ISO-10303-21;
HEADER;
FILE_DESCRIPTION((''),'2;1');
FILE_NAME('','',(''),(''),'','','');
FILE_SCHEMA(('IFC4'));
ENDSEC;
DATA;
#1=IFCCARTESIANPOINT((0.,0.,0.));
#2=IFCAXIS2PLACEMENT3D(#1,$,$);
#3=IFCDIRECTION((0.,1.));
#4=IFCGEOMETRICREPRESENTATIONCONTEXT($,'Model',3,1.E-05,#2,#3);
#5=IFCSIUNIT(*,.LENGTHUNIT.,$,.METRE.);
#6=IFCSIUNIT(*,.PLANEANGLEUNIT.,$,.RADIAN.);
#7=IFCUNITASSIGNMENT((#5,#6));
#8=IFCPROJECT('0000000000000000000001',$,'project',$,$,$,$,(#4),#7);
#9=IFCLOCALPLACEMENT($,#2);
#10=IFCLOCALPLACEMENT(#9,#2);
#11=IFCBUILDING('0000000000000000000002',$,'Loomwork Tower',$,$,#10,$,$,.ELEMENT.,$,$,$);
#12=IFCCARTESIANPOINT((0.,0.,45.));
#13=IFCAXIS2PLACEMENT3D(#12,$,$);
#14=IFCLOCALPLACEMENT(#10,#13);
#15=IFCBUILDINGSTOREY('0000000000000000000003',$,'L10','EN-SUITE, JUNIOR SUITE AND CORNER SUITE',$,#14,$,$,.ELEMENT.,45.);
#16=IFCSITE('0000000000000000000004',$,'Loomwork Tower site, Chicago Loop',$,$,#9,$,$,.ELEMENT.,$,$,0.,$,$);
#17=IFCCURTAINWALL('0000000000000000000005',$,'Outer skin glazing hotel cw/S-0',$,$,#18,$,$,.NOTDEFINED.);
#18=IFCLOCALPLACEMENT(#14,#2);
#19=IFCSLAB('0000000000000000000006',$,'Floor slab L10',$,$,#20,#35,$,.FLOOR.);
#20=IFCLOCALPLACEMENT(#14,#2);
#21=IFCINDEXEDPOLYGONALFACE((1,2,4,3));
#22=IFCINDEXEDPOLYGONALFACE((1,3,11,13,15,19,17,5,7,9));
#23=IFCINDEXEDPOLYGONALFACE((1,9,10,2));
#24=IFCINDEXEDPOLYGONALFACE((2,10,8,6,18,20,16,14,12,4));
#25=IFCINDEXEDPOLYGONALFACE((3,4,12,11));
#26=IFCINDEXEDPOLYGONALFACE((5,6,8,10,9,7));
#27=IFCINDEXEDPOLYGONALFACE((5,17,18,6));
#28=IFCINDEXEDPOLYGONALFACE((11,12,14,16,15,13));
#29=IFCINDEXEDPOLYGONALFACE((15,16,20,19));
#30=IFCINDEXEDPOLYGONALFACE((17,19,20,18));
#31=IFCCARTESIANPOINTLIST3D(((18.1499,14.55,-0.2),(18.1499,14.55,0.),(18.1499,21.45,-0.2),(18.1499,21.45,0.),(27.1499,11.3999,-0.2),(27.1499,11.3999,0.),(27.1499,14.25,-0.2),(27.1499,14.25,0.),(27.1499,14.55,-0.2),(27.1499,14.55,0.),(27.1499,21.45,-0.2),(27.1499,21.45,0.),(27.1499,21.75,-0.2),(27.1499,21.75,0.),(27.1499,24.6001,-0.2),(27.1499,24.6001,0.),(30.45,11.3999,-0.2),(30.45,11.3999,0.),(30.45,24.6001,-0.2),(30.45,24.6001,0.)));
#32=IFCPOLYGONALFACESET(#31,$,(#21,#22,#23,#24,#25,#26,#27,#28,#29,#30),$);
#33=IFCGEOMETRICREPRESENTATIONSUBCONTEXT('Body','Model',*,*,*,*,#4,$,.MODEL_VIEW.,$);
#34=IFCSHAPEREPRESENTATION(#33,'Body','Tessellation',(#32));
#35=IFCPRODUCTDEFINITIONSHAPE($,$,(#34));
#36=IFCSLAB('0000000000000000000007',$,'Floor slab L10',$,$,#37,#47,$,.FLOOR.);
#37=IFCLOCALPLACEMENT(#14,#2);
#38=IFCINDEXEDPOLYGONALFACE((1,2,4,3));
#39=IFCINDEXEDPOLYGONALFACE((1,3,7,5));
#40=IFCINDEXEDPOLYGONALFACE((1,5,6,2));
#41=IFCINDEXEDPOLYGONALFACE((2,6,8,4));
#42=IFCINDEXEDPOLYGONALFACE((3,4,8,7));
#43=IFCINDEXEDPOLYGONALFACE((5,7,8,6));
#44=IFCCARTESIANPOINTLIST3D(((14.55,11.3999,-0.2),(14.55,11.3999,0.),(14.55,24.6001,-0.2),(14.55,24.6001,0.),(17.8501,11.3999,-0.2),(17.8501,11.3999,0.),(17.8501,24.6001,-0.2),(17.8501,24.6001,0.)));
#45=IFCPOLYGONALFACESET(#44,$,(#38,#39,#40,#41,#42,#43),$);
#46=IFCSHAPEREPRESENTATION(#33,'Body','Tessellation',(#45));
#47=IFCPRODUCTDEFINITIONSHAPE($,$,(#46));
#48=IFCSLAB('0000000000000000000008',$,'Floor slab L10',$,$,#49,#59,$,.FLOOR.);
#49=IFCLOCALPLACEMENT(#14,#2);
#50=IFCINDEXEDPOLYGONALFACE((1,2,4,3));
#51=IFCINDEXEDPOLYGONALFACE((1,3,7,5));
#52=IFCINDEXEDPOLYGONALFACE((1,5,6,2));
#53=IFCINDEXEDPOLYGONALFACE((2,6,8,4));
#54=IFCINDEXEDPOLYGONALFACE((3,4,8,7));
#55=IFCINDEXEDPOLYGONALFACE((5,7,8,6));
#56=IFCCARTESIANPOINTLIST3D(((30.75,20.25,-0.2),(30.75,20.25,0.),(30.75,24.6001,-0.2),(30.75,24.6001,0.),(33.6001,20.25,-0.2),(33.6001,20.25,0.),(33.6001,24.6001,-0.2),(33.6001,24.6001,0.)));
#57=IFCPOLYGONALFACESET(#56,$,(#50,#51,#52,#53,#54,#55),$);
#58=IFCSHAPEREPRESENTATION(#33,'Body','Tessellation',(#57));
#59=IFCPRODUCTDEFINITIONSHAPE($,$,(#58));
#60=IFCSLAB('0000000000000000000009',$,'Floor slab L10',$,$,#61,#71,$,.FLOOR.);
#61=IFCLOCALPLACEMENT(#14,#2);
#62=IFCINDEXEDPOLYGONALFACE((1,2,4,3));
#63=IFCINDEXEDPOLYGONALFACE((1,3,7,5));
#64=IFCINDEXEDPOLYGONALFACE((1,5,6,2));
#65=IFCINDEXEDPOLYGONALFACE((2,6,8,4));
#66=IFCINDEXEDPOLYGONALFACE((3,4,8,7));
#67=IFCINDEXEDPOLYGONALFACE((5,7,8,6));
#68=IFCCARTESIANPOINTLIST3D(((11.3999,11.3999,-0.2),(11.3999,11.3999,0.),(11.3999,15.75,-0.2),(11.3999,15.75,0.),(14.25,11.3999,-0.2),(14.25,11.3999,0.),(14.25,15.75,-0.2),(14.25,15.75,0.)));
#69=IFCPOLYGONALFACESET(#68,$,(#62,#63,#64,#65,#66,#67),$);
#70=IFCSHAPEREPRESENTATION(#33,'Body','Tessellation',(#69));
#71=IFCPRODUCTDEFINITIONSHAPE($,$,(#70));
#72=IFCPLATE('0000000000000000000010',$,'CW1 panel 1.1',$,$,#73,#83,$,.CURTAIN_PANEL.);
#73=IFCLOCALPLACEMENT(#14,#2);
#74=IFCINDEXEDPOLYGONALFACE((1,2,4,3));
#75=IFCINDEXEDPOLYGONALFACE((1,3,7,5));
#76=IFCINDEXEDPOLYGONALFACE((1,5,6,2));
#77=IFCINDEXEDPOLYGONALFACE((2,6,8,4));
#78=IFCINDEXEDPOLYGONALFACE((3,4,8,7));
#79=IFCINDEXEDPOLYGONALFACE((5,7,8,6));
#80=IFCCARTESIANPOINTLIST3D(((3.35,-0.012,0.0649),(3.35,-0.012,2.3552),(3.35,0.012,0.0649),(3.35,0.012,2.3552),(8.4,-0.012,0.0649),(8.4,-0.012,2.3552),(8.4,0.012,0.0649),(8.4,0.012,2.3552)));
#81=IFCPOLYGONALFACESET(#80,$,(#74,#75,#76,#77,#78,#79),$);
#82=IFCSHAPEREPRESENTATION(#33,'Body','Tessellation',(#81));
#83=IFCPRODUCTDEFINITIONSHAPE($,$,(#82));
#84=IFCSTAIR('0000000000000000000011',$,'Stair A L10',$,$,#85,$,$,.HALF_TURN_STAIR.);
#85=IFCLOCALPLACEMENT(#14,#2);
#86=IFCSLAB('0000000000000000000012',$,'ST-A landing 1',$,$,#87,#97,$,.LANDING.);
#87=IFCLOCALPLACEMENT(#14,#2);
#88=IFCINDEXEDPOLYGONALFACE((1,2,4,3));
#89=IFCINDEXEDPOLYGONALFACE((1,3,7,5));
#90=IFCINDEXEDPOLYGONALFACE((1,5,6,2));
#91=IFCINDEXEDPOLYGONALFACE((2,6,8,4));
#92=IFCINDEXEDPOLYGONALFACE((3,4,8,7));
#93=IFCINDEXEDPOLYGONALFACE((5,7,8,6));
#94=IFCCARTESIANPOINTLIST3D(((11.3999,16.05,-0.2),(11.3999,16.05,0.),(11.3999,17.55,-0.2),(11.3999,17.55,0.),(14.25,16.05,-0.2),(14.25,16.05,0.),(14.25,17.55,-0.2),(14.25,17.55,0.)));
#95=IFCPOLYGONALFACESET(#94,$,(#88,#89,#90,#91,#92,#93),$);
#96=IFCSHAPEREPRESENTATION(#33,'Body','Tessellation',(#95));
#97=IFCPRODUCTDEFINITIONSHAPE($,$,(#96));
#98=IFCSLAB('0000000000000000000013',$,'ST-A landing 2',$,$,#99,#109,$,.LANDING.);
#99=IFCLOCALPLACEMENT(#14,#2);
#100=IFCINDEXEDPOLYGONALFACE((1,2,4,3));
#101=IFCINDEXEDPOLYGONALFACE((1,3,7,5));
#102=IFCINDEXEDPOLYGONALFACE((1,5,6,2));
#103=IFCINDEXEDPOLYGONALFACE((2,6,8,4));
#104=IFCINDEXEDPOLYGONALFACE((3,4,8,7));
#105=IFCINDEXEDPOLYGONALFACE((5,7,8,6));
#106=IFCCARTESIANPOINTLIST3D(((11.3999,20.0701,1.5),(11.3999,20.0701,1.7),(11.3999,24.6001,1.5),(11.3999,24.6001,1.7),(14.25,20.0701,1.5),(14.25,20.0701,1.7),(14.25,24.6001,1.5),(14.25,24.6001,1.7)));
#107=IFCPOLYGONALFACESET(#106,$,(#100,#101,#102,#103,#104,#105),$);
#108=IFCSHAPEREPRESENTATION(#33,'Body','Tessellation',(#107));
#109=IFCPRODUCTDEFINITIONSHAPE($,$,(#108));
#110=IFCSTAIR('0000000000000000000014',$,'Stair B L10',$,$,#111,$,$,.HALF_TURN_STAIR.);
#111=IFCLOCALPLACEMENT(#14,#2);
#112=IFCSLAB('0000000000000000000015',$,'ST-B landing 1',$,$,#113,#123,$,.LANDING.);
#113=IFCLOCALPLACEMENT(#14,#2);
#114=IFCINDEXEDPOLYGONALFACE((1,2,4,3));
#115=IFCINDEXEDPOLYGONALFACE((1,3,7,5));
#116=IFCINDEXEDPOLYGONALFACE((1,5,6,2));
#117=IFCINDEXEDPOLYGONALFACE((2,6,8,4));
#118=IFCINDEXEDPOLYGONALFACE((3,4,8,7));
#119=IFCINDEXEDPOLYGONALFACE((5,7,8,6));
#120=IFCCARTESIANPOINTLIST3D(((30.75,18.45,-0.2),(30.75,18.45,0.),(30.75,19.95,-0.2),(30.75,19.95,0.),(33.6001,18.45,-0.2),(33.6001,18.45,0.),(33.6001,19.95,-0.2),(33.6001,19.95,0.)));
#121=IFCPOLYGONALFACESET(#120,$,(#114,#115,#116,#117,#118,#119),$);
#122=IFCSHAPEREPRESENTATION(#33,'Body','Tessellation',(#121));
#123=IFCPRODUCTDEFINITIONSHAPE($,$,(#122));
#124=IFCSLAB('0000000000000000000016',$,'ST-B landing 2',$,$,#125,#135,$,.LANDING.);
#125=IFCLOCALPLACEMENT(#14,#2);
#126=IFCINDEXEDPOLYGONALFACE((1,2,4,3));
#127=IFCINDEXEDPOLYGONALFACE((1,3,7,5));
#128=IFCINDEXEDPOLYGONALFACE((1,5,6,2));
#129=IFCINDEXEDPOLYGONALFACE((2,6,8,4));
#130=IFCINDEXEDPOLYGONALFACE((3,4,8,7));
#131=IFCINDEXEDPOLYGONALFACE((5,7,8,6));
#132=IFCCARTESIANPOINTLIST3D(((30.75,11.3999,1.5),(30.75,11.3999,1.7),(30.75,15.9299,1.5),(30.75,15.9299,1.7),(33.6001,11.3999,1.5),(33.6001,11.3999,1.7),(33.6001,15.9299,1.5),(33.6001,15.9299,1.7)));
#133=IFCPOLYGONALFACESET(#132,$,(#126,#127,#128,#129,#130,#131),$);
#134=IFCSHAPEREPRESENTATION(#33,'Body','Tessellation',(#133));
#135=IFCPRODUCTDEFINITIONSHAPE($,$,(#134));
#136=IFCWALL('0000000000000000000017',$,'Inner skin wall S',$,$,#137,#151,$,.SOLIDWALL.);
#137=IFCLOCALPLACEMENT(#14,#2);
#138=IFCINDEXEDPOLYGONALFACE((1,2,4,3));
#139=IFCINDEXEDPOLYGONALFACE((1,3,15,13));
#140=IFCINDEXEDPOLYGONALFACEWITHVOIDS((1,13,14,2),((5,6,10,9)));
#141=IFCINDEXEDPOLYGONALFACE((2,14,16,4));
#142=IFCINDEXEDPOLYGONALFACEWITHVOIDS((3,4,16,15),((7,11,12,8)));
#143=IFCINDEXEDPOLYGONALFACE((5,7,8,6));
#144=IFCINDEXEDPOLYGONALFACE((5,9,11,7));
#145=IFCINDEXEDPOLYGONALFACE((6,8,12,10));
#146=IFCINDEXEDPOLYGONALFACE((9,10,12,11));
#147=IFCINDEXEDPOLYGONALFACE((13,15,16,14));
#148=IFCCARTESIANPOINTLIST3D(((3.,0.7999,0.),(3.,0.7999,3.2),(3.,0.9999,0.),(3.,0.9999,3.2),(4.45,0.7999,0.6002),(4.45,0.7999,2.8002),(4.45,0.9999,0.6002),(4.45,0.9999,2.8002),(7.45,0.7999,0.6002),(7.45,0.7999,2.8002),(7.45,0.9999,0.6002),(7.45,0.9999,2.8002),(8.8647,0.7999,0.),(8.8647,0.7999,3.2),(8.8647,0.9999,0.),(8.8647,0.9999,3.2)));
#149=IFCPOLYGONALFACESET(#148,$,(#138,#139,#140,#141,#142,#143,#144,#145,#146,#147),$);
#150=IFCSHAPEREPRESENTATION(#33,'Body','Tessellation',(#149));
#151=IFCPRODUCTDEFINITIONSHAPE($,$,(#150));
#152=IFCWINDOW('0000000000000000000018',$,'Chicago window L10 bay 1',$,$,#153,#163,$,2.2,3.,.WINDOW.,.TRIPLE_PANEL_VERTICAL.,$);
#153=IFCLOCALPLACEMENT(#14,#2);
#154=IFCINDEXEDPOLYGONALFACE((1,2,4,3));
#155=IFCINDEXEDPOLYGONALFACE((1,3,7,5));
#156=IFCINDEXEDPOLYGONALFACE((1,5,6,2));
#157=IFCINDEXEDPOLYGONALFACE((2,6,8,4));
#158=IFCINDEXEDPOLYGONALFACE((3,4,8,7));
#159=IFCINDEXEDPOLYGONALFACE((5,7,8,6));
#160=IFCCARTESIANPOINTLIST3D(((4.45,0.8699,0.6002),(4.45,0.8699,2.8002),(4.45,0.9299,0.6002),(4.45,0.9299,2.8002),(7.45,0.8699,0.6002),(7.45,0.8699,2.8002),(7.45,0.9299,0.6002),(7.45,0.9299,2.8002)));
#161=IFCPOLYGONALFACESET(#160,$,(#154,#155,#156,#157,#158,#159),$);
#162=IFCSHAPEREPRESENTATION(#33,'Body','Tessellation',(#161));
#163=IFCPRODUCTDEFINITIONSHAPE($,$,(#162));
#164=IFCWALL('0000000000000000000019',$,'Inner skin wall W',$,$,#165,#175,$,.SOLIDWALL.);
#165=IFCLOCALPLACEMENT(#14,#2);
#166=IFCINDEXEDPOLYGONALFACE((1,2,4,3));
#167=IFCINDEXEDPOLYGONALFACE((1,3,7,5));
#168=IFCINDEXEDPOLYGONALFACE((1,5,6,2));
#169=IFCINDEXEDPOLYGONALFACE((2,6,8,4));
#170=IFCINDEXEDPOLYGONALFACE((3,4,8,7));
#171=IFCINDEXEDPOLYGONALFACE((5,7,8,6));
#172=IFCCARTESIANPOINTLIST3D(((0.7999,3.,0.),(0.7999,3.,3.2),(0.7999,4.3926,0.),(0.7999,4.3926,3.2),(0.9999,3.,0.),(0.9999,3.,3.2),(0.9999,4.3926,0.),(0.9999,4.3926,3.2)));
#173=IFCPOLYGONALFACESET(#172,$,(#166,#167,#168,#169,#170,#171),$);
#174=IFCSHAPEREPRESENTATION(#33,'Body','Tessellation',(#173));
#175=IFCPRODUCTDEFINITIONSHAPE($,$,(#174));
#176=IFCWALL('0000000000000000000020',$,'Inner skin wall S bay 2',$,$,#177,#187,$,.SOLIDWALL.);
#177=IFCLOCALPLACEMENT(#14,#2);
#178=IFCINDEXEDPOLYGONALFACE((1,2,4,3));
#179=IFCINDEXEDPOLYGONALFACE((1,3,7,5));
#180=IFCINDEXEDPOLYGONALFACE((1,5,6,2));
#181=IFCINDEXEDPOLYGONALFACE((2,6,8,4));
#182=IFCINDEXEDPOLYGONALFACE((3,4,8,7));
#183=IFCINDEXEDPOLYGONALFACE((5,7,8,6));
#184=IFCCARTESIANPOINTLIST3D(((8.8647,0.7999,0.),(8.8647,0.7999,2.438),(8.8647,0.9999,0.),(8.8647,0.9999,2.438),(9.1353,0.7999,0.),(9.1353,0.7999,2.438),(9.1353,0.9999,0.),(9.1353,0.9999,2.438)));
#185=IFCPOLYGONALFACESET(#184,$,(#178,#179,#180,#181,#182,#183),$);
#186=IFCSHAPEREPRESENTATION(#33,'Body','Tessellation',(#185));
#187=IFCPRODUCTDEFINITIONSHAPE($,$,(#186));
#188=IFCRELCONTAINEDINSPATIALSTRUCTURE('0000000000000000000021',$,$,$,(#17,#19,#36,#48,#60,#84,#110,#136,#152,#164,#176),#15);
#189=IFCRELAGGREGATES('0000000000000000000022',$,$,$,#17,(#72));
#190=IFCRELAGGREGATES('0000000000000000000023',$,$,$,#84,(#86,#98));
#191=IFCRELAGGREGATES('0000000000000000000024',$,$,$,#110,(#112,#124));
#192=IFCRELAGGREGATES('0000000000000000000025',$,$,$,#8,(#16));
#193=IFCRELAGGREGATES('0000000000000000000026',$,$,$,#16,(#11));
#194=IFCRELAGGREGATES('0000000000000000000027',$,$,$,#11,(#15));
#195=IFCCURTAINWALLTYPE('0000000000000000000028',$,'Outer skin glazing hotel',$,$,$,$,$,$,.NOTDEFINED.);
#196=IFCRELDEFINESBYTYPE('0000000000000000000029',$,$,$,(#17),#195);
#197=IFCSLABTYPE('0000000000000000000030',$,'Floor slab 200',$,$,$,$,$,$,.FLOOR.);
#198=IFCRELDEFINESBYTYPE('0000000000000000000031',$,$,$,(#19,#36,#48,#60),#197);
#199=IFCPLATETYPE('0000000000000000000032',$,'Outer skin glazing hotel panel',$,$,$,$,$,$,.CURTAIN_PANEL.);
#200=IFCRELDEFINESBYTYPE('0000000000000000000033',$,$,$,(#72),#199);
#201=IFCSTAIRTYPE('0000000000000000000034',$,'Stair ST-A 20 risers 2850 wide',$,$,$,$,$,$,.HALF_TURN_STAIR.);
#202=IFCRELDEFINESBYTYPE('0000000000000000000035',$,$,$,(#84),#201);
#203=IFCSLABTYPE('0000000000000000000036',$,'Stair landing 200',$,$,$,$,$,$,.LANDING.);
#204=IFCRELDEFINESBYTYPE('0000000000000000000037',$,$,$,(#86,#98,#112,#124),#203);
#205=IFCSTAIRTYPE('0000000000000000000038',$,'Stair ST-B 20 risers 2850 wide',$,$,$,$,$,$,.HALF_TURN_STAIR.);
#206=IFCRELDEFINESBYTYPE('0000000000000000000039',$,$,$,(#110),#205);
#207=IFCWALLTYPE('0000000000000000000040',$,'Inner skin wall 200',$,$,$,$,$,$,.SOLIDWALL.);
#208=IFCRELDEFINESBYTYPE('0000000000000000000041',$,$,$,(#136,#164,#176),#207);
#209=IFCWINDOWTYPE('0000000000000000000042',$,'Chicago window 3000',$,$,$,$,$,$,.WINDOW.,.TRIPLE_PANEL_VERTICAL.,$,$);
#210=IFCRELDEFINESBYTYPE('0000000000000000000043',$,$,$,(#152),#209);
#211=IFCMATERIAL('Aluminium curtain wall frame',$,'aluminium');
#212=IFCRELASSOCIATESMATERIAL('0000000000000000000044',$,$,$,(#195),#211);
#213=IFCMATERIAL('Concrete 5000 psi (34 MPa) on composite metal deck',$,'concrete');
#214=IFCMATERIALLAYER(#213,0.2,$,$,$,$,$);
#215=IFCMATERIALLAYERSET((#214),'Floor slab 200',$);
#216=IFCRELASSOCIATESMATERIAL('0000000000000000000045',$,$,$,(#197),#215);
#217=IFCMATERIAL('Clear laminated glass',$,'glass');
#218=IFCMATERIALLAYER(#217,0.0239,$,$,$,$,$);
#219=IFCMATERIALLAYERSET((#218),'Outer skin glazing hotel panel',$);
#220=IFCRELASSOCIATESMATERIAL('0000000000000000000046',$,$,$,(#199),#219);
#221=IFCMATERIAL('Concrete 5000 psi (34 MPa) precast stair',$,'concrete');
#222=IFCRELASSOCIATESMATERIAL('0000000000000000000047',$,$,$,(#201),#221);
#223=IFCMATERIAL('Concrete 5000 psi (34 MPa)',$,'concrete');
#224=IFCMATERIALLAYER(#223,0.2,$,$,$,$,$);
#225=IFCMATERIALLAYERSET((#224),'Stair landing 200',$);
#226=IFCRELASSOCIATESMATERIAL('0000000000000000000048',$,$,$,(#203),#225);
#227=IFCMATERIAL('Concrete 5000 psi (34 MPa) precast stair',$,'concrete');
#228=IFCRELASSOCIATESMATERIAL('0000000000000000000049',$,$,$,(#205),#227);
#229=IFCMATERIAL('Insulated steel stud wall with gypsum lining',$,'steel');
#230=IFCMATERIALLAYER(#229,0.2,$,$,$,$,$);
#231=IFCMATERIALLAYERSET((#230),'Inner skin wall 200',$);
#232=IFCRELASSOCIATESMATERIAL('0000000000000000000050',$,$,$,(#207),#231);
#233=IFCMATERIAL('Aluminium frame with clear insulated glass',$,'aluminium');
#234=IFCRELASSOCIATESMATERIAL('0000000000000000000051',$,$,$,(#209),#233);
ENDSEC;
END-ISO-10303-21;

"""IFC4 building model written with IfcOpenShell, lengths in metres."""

from ifc_helpers import new_model, si_unit, direction, frame, frame_2d, origin, origin_2d, place, context, subcontext, project, spatial, polyline, rectangle, outline, extrude, material, layer, layer_set, type_object, element, fill, aggregate, save


model = new_model("IFC4")

# Units and contexts
model_context = context("Model", 3, precision=1e-05, world=origin(), true_north=direction((0.0, 1.0)))
body_context = subcontext(model_context, "Body", "Model", "MODEL_VIEW")
ifc_project = project(units=[si_unit("LENGTHUNIT", "METRE"), si_unit("PLANEANGLEUNIT", "RADIAN")], contexts=[model_context])

# Site, building, storey
site_placement = place(None, origin())
site = spatial("IfcSite", under=ifc_project, at=site_placement, Name="Loomwork Tower site, Chicago Loop", CompositionType="ELEMENT", RefElevation=0.0)
building_placement = place(site_placement, origin())
building = spatial("IfcBuilding", under=site, at=building_placement, Name="Loomwork Tower", CompositionType="ELEMENT")
storey_placement = place(building_placement, frame((0.0, 0.0, 45.0)))
storey = spatial("IfcBuildingStorey", under=building, at=storey_placement, Name="L10", Description="EN-SUITE, JUNIOR SUITE AND CORNER SUITE", CompositionType="ELEMENT", Elevation=45.0)

# Curtain wall
ifc_material_1 = material(Name="Aluminium curtain wall frame", Category="aluminium")
curtain_wall_type = type_object("IfcCurtainWallType", Name="Outer skin glazing hotel", PredefinedType="NOTDEFINED", material=ifc_material_1)
curtain_wall_1_placement = place(storey_placement, origin())
curtain_wall_1 = element("IfcCurtainWall", 1, at=curtain_wall_1_placement, inside=storey, type_object=curtain_wall_type, Name="Outer skin glazing hotel cw/S-0", PredefinedType="NOTDEFINED")

# Slabs
ifc_material_2 = material(Name="Concrete 5000 psi (34 MPa) on composite metal deck", Category="concrete")
ifc_layer_1 = layer(ifc_material_2, 0.2)
ifc_layer_set_1 = layer_set([ifc_layer_1], Name="Floor slab 200")
slab_type_1 = type_object("IfcSlabType", Name="Floor slab 200", PredefinedType="FLOOR", material=ifc_layer_set_1)
slab_1_placement = place(storey_placement, frame((0.0, 0.0, -0.2)))
element("IfcSlab", 2, at=slab_1_placement, inside=storey, type_object=slab_type_1, Name="Floor slab L10", PredefinedType="FLOOR", context=body_context, shape_type="SweptSolid", body=[
    extrude(outline(polyline([(30.45, 24.6001), (30.45, 11.3999), (27.1499, 11.3999), (27.1499, 14.25), (27.1499, 14.55), (18.1499, 14.55), (18.1499, 21.45), (27.1499, 21.45), (27.1499, 21.75), (27.1499, 24.6001), (30.45, 24.6001)])), origin(), (0.0, 0.0, 1.0), 0.2),
])
slab_2_placement = place(storey_placement, frame((0.0, 0.0, -0.2)))
element("IfcSlab", 3, at=slab_2_placement, inside=storey, type_object=slab_type_1, Name="Floor slab L10", PredefinedType="FLOOR", context=body_context, shape_type="SweptSolid", body=[
    extrude(outline(polyline([(14.55, 11.3999), (14.55, 24.6001), (17.8501, 24.6001), (17.8501, 11.3999), (14.55, 11.3999)])), origin(), (0.0, 0.0, 1.0), 0.2),
])
slab_3_placement = place(storey_placement, frame((0.0, 0.0, -0.2)))
element("IfcSlab", 4, at=slab_3_placement, inside=storey, type_object=slab_type_1, Name="Floor slab L10", PredefinedType="FLOOR", context=body_context, shape_type="SweptSolid", body=[
    extrude(outline(polyline([(33.6001, 20.25), (30.75, 20.25), (30.75, 24.6001), (33.6001, 24.6001), (33.6001, 20.25)])), origin(), (0.0, 0.0, 1.0), 0.2),
])
slab_4_placement = place(storey_placement, frame((0.0, 0.0, -0.2)))
element("IfcSlab", 5, at=slab_4_placement, inside=storey, type_object=slab_type_1, Name="Floor slab L10", PredefinedType="FLOOR", context=body_context, shape_type="SweptSolid", body=[
    extrude(outline(polyline([(14.25, 15.75), (14.25, 11.3999), (11.3999, 11.3999), (11.3999, 15.75), (14.25, 15.75)])), origin(), (0.0, 0.0, 1.0), 0.2),
])

# Plate
ifc_material_3 = material(Name="Clear laminated glass", Category="glass")
ifc_layer_2 = layer(ifc_material_3, 0.0239)
ifc_layer_set_2 = layer_set([ifc_layer_2], Name="Outer skin glazing hotel panel")
plate_type = type_object("IfcPlateType", Name="Outer skin glazing hotel panel", PredefinedType="CURTAIN_PANEL", material=ifc_layer_set_2)
plate_placement = place(storey_placement, frame((5.875, 0.0, 0.0649), z_axis=(0.0, 0.0, 1.0), x_axis=(1.0, 0.0, 0.0)))
plate = element("IfcPlate", 6, at=plate_placement, type_object=plate_type, Name="CW1 panel 1.1", PredefinedType="CURTAIN_PANEL", context=body_context, shape_type="SweptSolid", body=[
    extrude(rectangle(XDim=5.05, YDim=0.0239, at=origin_2d()), origin(), (0.0, 0.0, 1.0), 2.2903),
])
aggregate(curtain_wall_1, [plate])

# Stairs, slabs
ifc_material_4 = material(Name="Concrete 5000 psi (34 MPa) precast stair", Category="concrete")
stair_type_1 = type_object("IfcStairType", Name="Stair ST-A 20 risers 2850 wide", PredefinedType="HALF_TURN_STAIR", material=ifc_material_4)
stair_1_placement = place(storey_placement, origin())
stair_1 = element("IfcStair", 7, at=stair_1_placement, inside=storey, type_object=stair_type_1, Name="Stair A L10", PredefinedType="HALF_TURN_STAIR")
ifc_material_5 = material(Name="Concrete 5000 psi (34 MPa)", Category="concrete")
ifc_layer_3 = layer(ifc_material_5, 0.2)
ifc_layer_set_3 = layer_set([ifc_layer_3], Name="Stair landing 200")
slab_type_2 = type_object("IfcSlabType", Name="Stair landing 200", PredefinedType="LANDING", material=ifc_layer_set_3)
slab_5_placement = place(storey_placement, frame((0.0, 0.0, -0.2)))
slab_5 = element("IfcSlab", 8, at=slab_5_placement, type_object=slab_type_2, Name="ST-A landing 1", PredefinedType="LANDING", context=body_context, shape_type="SweptSolid", body=[
    extrude(outline(polyline([(11.3999, 16.05), (14.25, 16.05), (14.25, 17.55), (11.3999, 17.55), (11.3999, 16.05)])), origin(), (0.0, 0.0, 1.0), 0.2),
])
slab_6_placement = place(storey_placement, frame((0.0, 0.0, 1.5)))
slab_6 = element("IfcSlab", 9, at=slab_6_placement, type_object=slab_type_2, Name="ST-A landing 2", PredefinedType="LANDING", context=body_context, shape_type="SweptSolid", body=[
    extrude(outline(polyline([(11.3999, 20.0701), (14.25, 20.0701), (14.25, 24.6001), (11.3999, 24.6001), (11.3999, 20.0701)])), origin(), (0.0, 0.0, 1.0), 0.2),
])
aggregate(stair_1, [slab_5, slab_6])
ifc_material_6 = material(Name="Concrete 5000 psi (34 MPa) precast stair", Category="concrete")
stair_type_2 = type_object("IfcStairType", Name="Stair ST-B 20 risers 2850 wide", PredefinedType="HALF_TURN_STAIR", material=ifc_material_6)
stair_2_placement = place(storey_placement, origin())
stair_2 = element("IfcStair", 10, at=stair_2_placement, inside=storey, type_object=stair_type_2, Name="Stair B L10", PredefinedType="HALF_TURN_STAIR")
slab_7_placement = place(storey_placement, frame((0.0, 0.0, -0.2)))
slab_7 = element("IfcSlab", 11, at=slab_7_placement, type_object=slab_type_2, Name="ST-B landing 1", PredefinedType="LANDING", context=body_context, shape_type="SweptSolid", body=[
    extrude(outline(polyline([(30.75, 18.45), (33.6001, 18.45), (33.6001, 19.95), (30.75, 19.95), (30.75, 18.45)])), origin(), (0.0, 0.0, 1.0), 0.2),
])
slab_8_placement = place(storey_placement, frame((0.0, 0.0, 1.5)))
slab_8 = element("IfcSlab", 12, at=slab_8_placement, type_object=slab_type_2, Name="ST-B landing 2", PredefinedType="LANDING", context=body_context, shape_type="SweptSolid", body=[
    extrude(outline(polyline([(30.75, 11.3999), (33.6001, 11.3999), (33.6001, 15.9299), (30.75, 15.9299), (30.75, 11.3999)])), origin(), (0.0, 0.0, 1.0), 0.2),
])
aggregate(stair_2, [slab_7, slab_8])

# Wall, opening, window
ifc_material_7 = material(Name="Insulated steel stud wall with gypsum lining", Category="steel")
ifc_layer_4 = layer(ifc_material_7, 0.2)
ifc_layer_set_4 = layer_set([ifc_layer_4], Name="Inner skin wall 200")
wall_type_1 = type_object("IfcWallType", Name="Inner skin wall 200", PredefinedType="SOLIDWALL", material=ifc_layer_set_4)
wall_1_placement = place(storey_placement, frame((3.0, 0.8999, 0.0), z_axis=(0.0, 0.0, 1.0), x_axis=(1.0, 0.0, 0.0)))
wall_1 = element("IfcWall", 13, at=wall_1_placement, inside=storey, type_object=wall_type_1, Name="Inner skin wall S", PredefinedType="SOLIDWALL", context=body_context, shape_type="SweptSolid", body=[
    extrude(rectangle(XDim=5.8647, YDim=0.2, at=frame_2d((2.9324, 0.0))), origin(), (0.0, 0.0, 1.0), 3.2),
])
opening_1_placement = place(wall_1_placement, frame((1.45, 0.0, 0.6001)))
opening_1 = element("IfcOpeningElement", 14, at=opening_1_placement, cuts=wall_1, PredefinedType="OPENING", context=body_context, shape_type="SweptSolid", body=[
    extrude(rectangle(XDim=3.0, YDim=2.2, at=frame_2d((1.5, 1.1001))), frame((0.0, 0.1099, 0.0), z_axis=(0.0, -1.0, 0.0), x_axis=(1.0, 0.0, 0.0)), (0.0, 0.0, 1.0), 0.22),
])
ifc_material_8 = material(Name="Aluminium frame with clear insulated glass", Category="aluminium")
window_type_1 = type_object("IfcWindowType", Name="Chicago window 3000", PartitioningType="TRIPLE_PANEL_VERTICAL", PredefinedType="WINDOW", material=ifc_material_8)
window_1_placement = place(opening_1_placement, origin())
window_1 = element("IfcWindow", 15, at=window_1_placement, inside=storey, type_object=window_type_1, Name="Chicago window L10 bay 1", OverallHeight=2.2, OverallWidth=3.0, PartitioningType="TRIPLE_PANEL_VERTICAL", PredefinedType="WINDOW", context=body_context, shape_type="SweptSolid", body=[
    extrude(rectangle(XDim=3.0, YDim=2.2, at=frame_2d((1.5, 1.1001))), frame((0.0, 0.03, 0.0), z_axis=(0.0, -1.0, 0.0), x_axis=(1.0, 0.0, 0.0)), (0.0, 0.0, 1.0), 0.0601),
])
fill(opening_1, window_1)

# Walls
wall_2_placement = place(storey_placement, frame((0.8999, 3.0, 0.0), z_axis=(0.0, 0.0, 1.0), x_axis=(0.0, 1.0, 0.0)))
element("IfcWall", 16, at=wall_2_placement, inside=storey, type_object=wall_type_1, Name="Inner skin wall W", PredefinedType="SOLIDWALL", context=body_context, shape_type="SweptSolid", body=[
    extrude(rectangle(XDim=1.3926, YDim=0.2, at=frame_2d((0.6963, 0.0))), origin(), (0.0, 0.0, 1.0), 3.2),
])
wall_3_placement = place(storey_placement, frame((8.8647, 0.8999, 0.0), z_axis=(0.0, 0.0, 1.0), x_axis=(1.0, 0.0, 0.0)))
element("IfcWall", 17, at=wall_3_placement, inside=storey, type_object=wall_type_1, Name="Inner skin wall S bay 2", PredefinedType="SOLIDWALL", context=body_context, shape_type="SweptSolid", body=[
    extrude(rectangle(XDim=0.2705, YDim=0.2, at=frame_2d((0.1353, 0.0))), origin(), (0.0, 0.0, 1.0), 2.438),
])

save(model, "model.ifc")
